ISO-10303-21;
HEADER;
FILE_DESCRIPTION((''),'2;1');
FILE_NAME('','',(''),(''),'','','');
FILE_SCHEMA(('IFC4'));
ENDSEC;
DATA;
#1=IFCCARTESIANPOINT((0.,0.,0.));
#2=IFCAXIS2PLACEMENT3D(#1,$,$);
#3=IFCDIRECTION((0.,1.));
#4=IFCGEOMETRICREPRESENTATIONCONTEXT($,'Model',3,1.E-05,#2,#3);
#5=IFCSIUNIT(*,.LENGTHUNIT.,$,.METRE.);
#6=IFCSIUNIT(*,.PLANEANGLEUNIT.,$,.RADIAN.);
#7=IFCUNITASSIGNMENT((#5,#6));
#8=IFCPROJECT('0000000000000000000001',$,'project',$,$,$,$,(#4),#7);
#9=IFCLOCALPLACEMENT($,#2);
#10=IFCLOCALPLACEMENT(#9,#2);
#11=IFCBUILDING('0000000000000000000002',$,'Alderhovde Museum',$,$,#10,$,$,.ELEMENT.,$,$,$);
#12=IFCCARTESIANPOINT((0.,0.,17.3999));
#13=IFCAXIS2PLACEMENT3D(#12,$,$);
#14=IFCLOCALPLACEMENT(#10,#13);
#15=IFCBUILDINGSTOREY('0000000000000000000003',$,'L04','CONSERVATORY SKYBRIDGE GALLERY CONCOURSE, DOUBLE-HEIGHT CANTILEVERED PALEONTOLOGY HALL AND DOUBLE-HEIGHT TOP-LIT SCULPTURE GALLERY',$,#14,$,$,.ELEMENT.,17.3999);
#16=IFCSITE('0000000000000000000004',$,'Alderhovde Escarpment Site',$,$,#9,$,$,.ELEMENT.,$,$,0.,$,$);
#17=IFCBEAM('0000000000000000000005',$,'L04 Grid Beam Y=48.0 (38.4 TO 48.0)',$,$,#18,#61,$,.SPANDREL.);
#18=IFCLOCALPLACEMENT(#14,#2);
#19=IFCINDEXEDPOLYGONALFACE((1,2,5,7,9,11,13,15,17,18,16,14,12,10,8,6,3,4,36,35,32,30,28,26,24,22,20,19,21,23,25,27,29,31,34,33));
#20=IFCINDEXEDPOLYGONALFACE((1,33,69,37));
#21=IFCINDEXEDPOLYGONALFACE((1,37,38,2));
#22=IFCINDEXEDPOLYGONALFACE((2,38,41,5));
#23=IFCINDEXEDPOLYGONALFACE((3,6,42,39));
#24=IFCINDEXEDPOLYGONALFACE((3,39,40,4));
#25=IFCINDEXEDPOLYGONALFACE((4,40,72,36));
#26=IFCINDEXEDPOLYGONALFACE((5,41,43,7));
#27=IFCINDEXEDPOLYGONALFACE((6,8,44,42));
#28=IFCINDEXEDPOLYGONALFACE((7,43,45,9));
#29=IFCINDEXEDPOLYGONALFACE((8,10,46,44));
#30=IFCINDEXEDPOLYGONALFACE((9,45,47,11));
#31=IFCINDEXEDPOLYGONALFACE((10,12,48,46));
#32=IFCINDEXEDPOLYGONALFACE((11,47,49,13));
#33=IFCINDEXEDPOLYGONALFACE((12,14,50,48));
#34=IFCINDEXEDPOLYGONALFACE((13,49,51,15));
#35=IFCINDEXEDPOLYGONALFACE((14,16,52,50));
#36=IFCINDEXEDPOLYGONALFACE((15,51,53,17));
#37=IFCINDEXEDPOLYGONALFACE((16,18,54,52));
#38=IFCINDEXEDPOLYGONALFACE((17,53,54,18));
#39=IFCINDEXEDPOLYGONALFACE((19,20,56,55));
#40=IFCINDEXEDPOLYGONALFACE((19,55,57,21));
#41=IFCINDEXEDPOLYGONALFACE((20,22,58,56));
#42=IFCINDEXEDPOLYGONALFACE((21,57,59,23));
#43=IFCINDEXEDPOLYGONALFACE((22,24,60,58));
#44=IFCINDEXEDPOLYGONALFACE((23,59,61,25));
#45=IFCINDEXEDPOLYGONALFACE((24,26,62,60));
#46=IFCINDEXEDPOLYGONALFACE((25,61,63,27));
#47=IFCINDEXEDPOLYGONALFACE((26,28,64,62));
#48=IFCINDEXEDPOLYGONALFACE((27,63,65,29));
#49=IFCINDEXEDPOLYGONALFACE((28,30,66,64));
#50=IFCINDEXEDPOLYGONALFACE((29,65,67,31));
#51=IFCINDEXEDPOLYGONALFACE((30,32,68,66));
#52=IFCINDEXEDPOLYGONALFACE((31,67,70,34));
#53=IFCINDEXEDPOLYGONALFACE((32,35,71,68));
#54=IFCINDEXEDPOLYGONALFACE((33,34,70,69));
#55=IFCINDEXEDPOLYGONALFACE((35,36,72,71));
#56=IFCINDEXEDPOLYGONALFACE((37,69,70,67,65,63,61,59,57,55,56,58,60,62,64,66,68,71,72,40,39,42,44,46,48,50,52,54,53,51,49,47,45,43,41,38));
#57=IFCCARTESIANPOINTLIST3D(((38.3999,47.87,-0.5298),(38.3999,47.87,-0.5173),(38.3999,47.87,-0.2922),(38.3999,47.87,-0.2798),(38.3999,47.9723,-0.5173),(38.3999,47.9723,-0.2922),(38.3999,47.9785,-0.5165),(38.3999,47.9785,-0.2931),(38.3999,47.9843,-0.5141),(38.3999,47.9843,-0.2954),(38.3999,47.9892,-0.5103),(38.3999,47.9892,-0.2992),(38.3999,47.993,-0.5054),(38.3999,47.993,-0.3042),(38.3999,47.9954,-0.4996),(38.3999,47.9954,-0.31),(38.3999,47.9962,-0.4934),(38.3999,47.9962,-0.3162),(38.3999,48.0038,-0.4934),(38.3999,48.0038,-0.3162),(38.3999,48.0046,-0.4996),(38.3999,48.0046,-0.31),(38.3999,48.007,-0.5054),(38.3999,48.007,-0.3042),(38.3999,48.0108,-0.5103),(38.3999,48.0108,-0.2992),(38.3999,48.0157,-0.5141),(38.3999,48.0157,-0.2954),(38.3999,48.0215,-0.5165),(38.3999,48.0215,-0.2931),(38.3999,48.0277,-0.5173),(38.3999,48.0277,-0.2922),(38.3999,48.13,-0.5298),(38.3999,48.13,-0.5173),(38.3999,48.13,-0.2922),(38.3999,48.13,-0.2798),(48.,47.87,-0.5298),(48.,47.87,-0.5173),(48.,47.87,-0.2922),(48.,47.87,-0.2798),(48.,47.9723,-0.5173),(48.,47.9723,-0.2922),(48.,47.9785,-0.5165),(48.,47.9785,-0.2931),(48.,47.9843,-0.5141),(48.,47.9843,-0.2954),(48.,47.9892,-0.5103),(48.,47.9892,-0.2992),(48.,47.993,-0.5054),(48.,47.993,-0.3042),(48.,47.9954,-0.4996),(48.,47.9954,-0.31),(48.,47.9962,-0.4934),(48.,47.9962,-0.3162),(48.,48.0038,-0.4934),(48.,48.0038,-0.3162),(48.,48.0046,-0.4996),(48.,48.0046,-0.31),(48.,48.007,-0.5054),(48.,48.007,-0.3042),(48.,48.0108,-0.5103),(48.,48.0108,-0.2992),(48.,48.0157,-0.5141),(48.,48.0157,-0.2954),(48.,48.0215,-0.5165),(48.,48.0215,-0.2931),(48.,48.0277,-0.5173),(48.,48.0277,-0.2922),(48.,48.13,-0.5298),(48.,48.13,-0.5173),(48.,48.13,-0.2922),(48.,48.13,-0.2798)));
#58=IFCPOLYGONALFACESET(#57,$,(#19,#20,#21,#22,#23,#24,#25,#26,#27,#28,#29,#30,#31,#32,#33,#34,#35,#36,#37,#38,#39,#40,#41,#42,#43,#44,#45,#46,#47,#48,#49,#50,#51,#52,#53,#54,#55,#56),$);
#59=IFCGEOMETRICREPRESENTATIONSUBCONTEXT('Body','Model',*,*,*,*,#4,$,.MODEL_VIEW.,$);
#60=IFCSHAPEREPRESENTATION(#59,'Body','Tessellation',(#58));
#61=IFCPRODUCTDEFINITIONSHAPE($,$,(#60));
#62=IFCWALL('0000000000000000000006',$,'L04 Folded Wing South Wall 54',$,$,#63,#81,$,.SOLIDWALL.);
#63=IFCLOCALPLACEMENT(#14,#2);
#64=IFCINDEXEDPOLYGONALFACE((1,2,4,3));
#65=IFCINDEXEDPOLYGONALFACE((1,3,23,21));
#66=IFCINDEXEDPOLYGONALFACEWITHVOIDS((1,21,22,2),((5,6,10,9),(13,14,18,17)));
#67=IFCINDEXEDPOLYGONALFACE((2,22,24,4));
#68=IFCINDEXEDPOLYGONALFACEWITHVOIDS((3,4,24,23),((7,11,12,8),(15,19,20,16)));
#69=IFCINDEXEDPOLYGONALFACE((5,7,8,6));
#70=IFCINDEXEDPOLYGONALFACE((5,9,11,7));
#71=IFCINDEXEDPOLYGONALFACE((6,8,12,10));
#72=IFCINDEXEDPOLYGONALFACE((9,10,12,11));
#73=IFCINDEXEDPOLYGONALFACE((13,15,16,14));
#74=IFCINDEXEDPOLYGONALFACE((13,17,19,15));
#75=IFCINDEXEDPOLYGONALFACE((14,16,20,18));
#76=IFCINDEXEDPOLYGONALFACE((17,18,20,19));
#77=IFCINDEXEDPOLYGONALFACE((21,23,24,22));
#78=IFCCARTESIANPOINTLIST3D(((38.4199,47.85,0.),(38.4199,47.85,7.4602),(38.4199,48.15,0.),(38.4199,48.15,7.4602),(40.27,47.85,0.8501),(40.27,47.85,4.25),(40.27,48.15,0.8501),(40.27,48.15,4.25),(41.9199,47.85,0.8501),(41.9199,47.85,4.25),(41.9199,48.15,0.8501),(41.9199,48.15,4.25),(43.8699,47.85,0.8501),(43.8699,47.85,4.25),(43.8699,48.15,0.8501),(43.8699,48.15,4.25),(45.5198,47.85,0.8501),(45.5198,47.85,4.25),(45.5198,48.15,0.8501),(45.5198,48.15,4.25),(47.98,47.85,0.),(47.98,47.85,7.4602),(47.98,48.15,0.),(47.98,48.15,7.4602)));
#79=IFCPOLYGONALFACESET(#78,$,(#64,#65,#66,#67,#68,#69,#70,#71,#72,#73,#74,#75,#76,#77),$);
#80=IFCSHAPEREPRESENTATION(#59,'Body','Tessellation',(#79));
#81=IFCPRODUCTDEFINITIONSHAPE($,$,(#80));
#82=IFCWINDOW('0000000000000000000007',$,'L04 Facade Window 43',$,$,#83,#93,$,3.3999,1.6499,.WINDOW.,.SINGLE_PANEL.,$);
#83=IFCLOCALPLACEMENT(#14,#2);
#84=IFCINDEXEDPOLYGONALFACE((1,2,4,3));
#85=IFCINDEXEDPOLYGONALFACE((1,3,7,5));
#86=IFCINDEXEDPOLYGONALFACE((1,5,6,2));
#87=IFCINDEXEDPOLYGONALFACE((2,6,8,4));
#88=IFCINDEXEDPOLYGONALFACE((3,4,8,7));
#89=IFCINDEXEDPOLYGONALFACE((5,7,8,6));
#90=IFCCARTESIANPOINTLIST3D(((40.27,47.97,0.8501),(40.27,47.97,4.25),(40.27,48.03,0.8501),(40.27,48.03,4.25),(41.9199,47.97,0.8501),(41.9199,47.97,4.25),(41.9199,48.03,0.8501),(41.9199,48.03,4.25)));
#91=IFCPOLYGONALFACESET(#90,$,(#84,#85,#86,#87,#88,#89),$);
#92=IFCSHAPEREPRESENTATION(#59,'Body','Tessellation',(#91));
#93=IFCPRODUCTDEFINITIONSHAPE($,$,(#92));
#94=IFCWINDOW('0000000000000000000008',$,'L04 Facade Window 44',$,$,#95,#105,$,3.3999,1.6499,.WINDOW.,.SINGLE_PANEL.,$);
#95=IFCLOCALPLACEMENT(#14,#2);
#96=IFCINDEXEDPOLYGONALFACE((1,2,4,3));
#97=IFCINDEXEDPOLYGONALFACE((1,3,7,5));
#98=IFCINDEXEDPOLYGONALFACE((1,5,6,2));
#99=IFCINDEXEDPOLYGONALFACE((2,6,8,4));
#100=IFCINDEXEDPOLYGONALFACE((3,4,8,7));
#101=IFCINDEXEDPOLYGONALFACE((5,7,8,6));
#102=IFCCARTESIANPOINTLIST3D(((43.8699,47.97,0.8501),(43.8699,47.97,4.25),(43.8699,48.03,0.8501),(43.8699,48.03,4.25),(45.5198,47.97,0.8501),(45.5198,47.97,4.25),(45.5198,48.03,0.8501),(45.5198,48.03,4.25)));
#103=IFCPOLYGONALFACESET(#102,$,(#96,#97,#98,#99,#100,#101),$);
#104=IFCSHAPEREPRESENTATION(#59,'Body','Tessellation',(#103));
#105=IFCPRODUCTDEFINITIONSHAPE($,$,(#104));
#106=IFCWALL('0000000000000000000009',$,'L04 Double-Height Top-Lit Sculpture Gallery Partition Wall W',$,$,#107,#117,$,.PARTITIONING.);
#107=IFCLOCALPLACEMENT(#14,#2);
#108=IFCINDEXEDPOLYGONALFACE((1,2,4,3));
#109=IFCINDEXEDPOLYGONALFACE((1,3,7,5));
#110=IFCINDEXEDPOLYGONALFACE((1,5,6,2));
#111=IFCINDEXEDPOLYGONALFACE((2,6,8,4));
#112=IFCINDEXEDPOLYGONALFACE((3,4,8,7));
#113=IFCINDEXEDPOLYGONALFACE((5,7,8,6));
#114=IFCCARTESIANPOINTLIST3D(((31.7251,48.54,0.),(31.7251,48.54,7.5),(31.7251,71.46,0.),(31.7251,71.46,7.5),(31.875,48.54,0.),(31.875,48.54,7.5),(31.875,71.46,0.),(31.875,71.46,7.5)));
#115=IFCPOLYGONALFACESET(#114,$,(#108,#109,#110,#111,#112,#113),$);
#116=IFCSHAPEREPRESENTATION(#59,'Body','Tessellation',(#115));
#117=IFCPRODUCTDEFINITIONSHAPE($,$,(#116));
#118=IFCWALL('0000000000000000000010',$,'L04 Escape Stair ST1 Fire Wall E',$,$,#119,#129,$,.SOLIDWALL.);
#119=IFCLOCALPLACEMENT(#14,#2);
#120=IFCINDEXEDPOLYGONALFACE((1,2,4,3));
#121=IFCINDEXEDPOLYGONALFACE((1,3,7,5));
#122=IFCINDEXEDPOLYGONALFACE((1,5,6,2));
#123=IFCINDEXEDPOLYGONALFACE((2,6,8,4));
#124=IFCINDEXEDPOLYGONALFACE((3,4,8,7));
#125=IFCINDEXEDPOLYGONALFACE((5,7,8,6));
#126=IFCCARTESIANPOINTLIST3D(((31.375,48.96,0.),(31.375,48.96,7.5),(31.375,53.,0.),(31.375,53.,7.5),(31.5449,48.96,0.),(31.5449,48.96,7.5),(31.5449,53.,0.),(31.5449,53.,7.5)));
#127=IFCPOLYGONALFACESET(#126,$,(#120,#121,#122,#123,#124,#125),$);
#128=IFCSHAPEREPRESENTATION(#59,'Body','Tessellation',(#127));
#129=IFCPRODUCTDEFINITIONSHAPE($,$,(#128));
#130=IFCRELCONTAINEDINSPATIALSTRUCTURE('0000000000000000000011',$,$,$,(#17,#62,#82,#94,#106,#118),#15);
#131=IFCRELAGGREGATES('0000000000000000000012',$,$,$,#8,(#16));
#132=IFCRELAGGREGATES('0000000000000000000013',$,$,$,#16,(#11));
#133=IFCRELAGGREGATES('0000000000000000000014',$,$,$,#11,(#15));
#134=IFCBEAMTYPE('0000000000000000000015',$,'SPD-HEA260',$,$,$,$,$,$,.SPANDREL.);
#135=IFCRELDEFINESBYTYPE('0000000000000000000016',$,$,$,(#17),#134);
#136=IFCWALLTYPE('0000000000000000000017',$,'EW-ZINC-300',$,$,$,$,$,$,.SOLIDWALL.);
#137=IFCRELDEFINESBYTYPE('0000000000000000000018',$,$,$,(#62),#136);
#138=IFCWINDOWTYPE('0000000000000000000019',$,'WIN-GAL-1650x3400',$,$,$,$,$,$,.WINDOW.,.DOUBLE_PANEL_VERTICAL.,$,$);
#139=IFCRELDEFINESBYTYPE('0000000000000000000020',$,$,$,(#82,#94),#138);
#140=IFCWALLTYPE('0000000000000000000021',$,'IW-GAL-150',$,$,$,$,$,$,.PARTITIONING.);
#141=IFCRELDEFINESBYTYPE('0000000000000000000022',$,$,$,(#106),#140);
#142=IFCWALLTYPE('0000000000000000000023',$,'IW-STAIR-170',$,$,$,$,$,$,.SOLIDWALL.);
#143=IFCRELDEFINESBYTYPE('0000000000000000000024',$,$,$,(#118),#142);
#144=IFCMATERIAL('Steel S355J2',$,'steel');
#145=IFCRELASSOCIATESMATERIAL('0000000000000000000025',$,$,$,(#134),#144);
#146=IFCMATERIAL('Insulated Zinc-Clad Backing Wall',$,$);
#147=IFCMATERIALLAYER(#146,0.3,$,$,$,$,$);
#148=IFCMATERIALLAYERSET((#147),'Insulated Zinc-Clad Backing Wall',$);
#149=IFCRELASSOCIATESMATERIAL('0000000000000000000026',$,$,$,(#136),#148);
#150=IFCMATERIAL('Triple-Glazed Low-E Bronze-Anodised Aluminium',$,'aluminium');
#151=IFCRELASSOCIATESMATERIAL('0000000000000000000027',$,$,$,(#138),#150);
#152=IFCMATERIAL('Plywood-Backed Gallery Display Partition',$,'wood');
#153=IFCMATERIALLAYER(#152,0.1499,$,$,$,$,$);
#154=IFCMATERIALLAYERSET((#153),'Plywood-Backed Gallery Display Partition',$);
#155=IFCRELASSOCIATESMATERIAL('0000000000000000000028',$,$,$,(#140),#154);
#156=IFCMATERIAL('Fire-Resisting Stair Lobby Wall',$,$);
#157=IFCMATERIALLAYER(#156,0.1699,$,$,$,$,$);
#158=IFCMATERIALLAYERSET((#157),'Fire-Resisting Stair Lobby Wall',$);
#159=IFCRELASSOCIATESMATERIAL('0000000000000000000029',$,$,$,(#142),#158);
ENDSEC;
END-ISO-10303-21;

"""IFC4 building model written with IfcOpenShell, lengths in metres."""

from ifc_helpers import new_model, si_unit, direction, frame, frame_2d, origin, origin_2d, place, context, subcontext, project, spatial, rectangle, i_section, extrude, material, layer, layer_set, material_profile, profile_set, type_object, element, fill, save


model = new_model("IFC4")

# Units and contexts
model_context = context("Model", 3, precision=1e-05, world=origin(), true_north=direction((0.0, 1.0)))
body_context = subcontext(model_context, "Body", "Model", "MODEL_VIEW")
ifc_project = project(units=[si_unit("LENGTHUNIT", "METRE"), si_unit("PLANEANGLEUNIT", "RADIAN")], contexts=[model_context])

# Site, building, storey
site_placement = place(None, origin())
site = spatial("IfcSite", under=ifc_project, at=site_placement, Name="Alderhovde Escarpment Site", CompositionType="ELEMENT", RefElevation=0.0)
building_placement = place(site_placement, origin())
building = spatial("IfcBuilding", under=site, at=building_placement, Name="Alderhovde Museum", CompositionType="ELEMENT")
storey_placement = place(building_placement, frame((0.0, 0.0, 17.3999)))
storey = spatial("IfcBuildingStorey", under=building, at=storey_placement, Name="L04", Description="CONSERVATORY SKYBRIDGE GALLERY CONCOURSE, DOUBLE-HEIGHT CANTILEVERED PALEONTOLOGY HALL AND DOUBLE-HEIGHT TOP-LIT SCULPTURE GALLERY", CompositionType="ELEMENT", Elevation=17.3999)

# Beam
ifc_material_1 = material(Name="Steel S355J2", Category="steel")
ifc_material_profile_1 = material_profile(ifc_material_1, i_section(OverallWidth=0.26, OverallDepth=0.25, WebThickness=0.0076, FlangeThickness=0.0125, FilletRadius=0.0239, at=origin_2d()), Name="HEA 260")
ifc_profile_set_1 = profile_set([ifc_material_profile_1], Name="Steel S355J2")
beam_type_1 = type_object("IfcBeamType", Name="SPD-HEA260", PredefinedType="SPANDREL", material=ifc_profile_set_1)
beam_1_placement = place(storey_placement, frame((38.3999, 48.0, -0.4048), z_axis=(1.0, 0.0, 0.0), x_axis=(0.0, 1.0, 0.0)))
element("IfcBeam", 1, at=beam_1_placement, inside=storey, type_object=beam_type_1, Name="L04 Grid Beam Y=48.0 (38.4 TO 48.0)", PredefinedType="SPANDREL", context=body_context, shape_type="SweptSolid", body=[
    extrude(i_section(OverallWidth=0.26, OverallDepth=0.25, WebThickness=0.0076, FlangeThickness=0.0125, FilletRadius=0.0239, at=origin_2d()), origin(), (0.0, 0.0, 1.0), 9.6001),
])

# Wall, openings, windows
ifc_material_2 = material(Name="Insulated Zinc-Clad Backing Wall")
ifc_layer_1 = layer(ifc_material_2, 0.3)
ifc_layer_set_1 = layer_set([ifc_layer_1], Name="Insulated Zinc-Clad Backing Wall")
wall_type_1 = type_object("IfcWallType", Name="EW-ZINC-300", PredefinedType="SOLIDWALL", material=ifc_layer_set_1)
wall_1_placement = place(storey_placement, frame((38.4199, 48.0, 0.0), z_axis=(0.0, 0.0, 1.0), x_axis=(1.0, 0.0, 0.0)))
wall_1 = element("IfcWall", 2, at=wall_1_placement, inside=storey, type_object=wall_type_1, Name="L04 Folded Wing South Wall 54", PredefinedType="SOLIDWALL", context=body_context, shape_type="SweptSolid", body=[
    extrude(rectangle(XDim=9.5601, YDim=0.3, at=frame_2d((4.78, 0.0))), origin(), (0.0, 0.0, 1.0), 7.4602),
])
opening_1_placement = place(wall_1_placement, frame((1.8501, 0.0, 0.8501)))
opening_1 = element("IfcOpeningElement", 3, at=opening_1_placement, cuts=wall_1, PredefinedType="OPENING", context=body_context, shape_type="SweptSolid", body=[
    extrude(rectangle(XDim=1.6499, YDim=3.3999, at=frame_2d((0.825, 1.7))), frame((0.0, 0.1599, 0.0), z_axis=(0.0, -1.0, 0.0), x_axis=(1.0, 0.0, 0.0)), (0.0, 0.0, 1.0), 0.3201),
])
opening_2_placement = place(wall_1_placement, frame((5.45, 0.0, 0.8501)))
opening_2 = element("IfcOpeningElement", 4, at=opening_2_placement, cuts=wall_1, PredefinedType="OPENING", context=body_context, shape_type="SweptSolid", body=[
    extrude(rectangle(XDim=1.6499, YDim=3.3999, at=frame_2d((0.825, 1.7))), frame((0.0, 0.1599, 0.0), z_axis=(0.0, -1.0, 0.0), x_axis=(1.0, 0.0, 0.0)), (0.0, 0.0, 1.0), 0.3201),
])
ifc_material_3 = material(Name="Triple-Glazed Low-E Bronze-Anodised Aluminium", Category="aluminium")
window_type = type_object("IfcWindowType", Name="WIN-GAL-1650x3400", PartitioningType="DOUBLE_PANEL_VERTICAL", PredefinedType="WINDOW", material=ifc_material_3)
window_1_placement = place(opening_1_placement, origin())
window_1 = element("IfcWindow", 5, at=window_1_placement, inside=storey, type_object=window_type, Name="L04 Facade Window 43", OverallHeight=3.3999, OverallWidth=1.6499, PartitioningType="SINGLE_PANEL", PredefinedType="WINDOW", context=body_context, shape_type="SweptSolid", body=[
    extrude(rectangle(XDim=1.6499, YDim=3.3999, at=frame_2d((0.825, 1.7))), frame((0.0, 0.03, 0.0), z_axis=(0.0, -1.0, 0.0), x_axis=(1.0, 0.0, 0.0)), (0.0, 0.0, 1.0), 0.0601),
])
fill(opening_1, window_1)
window_2_placement = place(opening_2_placement, origin())
window_2 = element("IfcWindow", 6, at=window_2_placement, inside=storey, type_object=window_type, Name="L04 Facade Window 44", OverallHeight=3.3999, OverallWidth=1.6499, PartitioningType="SINGLE_PANEL", PredefinedType="WINDOW", context=body_context, shape_type="SweptSolid", body=[
    extrude(rectangle(XDim=1.6499, YDim=3.3999, at=frame_2d((0.825, 1.7))), frame((0.0, 0.03, 0.0), z_axis=(0.0, -1.0, 0.0), x_axis=(1.0, 0.0, 0.0)), (0.0, 0.0, 1.0), 0.0601),
])
fill(opening_2, window_2)

# Walls
ifc_material_4 = material(Name="Plywood-Backed Gallery Display Partition", Category="wood")
ifc_layer_2 = layer(ifc_material_4, 0.1499)
ifc_layer_set_2 = layer_set([ifc_layer_2], Name="Plywood-Backed Gallery Display Partition")
wall_type_2 = type_object("IfcWallType", Name="IW-GAL-150", PredefinedType="PARTITIONING", material=ifc_layer_set_2)
wall_2_placement = place(storey_placement, frame((31.8, 48.54, 0.0), z_axis=(0.0, 0.0, 1.0), x_axis=(0.0, 1.0, 0.0)))
element("IfcWall", 7, at=wall_2_placement, inside=storey, type_object=wall_type_2, Name="L04 Double-Height Top-Lit Sculpture Gallery Partition Wall W", PredefinedType="PARTITIONING", context=body_context, shape_type="SweptSolid", body=[
    extrude(rectangle(XDim=22.9199, YDim=0.1499, at=frame_2d((11.46, 0.0))), origin(), (0.0, 0.0, 1.0), 7.5),
])
ifc_material_5 = material(Name="Fire-Resisting Stair Lobby Wall")
ifc_layer_3 = layer(ifc_material_5, 0.1699)
ifc_layer_set_3 = layer_set([ifc_layer_3], Name="Fire-Resisting Stair Lobby Wall")
wall_type_3 = type_object("IfcWallType", Name="IW-STAIR-170", PredefinedType="SOLIDWALL", material=ifc_layer_set_3)
wall_3_placement = place(storey_placement, frame((31.46, 48.96, 0.0), z_axis=(0.0, 0.0, 1.0), x_axis=(0.0, 1.0, 0.0)))
element("IfcWall", 8, at=wall_3_placement, inside=storey, type_object=wall_type_3, Name="L04 Escape Stair ST1 Fire Wall E", PredefinedType="SOLIDWALL", context=body_context, shape_type="SweptSolid", body=[
    extrude(rectangle(XDim=4.04, YDim=0.1699, at=frame_2d((2.02, 0.0))), origin(), (0.0, 0.0, 1.0), 7.5),
])

save(model, "model.ifc")
